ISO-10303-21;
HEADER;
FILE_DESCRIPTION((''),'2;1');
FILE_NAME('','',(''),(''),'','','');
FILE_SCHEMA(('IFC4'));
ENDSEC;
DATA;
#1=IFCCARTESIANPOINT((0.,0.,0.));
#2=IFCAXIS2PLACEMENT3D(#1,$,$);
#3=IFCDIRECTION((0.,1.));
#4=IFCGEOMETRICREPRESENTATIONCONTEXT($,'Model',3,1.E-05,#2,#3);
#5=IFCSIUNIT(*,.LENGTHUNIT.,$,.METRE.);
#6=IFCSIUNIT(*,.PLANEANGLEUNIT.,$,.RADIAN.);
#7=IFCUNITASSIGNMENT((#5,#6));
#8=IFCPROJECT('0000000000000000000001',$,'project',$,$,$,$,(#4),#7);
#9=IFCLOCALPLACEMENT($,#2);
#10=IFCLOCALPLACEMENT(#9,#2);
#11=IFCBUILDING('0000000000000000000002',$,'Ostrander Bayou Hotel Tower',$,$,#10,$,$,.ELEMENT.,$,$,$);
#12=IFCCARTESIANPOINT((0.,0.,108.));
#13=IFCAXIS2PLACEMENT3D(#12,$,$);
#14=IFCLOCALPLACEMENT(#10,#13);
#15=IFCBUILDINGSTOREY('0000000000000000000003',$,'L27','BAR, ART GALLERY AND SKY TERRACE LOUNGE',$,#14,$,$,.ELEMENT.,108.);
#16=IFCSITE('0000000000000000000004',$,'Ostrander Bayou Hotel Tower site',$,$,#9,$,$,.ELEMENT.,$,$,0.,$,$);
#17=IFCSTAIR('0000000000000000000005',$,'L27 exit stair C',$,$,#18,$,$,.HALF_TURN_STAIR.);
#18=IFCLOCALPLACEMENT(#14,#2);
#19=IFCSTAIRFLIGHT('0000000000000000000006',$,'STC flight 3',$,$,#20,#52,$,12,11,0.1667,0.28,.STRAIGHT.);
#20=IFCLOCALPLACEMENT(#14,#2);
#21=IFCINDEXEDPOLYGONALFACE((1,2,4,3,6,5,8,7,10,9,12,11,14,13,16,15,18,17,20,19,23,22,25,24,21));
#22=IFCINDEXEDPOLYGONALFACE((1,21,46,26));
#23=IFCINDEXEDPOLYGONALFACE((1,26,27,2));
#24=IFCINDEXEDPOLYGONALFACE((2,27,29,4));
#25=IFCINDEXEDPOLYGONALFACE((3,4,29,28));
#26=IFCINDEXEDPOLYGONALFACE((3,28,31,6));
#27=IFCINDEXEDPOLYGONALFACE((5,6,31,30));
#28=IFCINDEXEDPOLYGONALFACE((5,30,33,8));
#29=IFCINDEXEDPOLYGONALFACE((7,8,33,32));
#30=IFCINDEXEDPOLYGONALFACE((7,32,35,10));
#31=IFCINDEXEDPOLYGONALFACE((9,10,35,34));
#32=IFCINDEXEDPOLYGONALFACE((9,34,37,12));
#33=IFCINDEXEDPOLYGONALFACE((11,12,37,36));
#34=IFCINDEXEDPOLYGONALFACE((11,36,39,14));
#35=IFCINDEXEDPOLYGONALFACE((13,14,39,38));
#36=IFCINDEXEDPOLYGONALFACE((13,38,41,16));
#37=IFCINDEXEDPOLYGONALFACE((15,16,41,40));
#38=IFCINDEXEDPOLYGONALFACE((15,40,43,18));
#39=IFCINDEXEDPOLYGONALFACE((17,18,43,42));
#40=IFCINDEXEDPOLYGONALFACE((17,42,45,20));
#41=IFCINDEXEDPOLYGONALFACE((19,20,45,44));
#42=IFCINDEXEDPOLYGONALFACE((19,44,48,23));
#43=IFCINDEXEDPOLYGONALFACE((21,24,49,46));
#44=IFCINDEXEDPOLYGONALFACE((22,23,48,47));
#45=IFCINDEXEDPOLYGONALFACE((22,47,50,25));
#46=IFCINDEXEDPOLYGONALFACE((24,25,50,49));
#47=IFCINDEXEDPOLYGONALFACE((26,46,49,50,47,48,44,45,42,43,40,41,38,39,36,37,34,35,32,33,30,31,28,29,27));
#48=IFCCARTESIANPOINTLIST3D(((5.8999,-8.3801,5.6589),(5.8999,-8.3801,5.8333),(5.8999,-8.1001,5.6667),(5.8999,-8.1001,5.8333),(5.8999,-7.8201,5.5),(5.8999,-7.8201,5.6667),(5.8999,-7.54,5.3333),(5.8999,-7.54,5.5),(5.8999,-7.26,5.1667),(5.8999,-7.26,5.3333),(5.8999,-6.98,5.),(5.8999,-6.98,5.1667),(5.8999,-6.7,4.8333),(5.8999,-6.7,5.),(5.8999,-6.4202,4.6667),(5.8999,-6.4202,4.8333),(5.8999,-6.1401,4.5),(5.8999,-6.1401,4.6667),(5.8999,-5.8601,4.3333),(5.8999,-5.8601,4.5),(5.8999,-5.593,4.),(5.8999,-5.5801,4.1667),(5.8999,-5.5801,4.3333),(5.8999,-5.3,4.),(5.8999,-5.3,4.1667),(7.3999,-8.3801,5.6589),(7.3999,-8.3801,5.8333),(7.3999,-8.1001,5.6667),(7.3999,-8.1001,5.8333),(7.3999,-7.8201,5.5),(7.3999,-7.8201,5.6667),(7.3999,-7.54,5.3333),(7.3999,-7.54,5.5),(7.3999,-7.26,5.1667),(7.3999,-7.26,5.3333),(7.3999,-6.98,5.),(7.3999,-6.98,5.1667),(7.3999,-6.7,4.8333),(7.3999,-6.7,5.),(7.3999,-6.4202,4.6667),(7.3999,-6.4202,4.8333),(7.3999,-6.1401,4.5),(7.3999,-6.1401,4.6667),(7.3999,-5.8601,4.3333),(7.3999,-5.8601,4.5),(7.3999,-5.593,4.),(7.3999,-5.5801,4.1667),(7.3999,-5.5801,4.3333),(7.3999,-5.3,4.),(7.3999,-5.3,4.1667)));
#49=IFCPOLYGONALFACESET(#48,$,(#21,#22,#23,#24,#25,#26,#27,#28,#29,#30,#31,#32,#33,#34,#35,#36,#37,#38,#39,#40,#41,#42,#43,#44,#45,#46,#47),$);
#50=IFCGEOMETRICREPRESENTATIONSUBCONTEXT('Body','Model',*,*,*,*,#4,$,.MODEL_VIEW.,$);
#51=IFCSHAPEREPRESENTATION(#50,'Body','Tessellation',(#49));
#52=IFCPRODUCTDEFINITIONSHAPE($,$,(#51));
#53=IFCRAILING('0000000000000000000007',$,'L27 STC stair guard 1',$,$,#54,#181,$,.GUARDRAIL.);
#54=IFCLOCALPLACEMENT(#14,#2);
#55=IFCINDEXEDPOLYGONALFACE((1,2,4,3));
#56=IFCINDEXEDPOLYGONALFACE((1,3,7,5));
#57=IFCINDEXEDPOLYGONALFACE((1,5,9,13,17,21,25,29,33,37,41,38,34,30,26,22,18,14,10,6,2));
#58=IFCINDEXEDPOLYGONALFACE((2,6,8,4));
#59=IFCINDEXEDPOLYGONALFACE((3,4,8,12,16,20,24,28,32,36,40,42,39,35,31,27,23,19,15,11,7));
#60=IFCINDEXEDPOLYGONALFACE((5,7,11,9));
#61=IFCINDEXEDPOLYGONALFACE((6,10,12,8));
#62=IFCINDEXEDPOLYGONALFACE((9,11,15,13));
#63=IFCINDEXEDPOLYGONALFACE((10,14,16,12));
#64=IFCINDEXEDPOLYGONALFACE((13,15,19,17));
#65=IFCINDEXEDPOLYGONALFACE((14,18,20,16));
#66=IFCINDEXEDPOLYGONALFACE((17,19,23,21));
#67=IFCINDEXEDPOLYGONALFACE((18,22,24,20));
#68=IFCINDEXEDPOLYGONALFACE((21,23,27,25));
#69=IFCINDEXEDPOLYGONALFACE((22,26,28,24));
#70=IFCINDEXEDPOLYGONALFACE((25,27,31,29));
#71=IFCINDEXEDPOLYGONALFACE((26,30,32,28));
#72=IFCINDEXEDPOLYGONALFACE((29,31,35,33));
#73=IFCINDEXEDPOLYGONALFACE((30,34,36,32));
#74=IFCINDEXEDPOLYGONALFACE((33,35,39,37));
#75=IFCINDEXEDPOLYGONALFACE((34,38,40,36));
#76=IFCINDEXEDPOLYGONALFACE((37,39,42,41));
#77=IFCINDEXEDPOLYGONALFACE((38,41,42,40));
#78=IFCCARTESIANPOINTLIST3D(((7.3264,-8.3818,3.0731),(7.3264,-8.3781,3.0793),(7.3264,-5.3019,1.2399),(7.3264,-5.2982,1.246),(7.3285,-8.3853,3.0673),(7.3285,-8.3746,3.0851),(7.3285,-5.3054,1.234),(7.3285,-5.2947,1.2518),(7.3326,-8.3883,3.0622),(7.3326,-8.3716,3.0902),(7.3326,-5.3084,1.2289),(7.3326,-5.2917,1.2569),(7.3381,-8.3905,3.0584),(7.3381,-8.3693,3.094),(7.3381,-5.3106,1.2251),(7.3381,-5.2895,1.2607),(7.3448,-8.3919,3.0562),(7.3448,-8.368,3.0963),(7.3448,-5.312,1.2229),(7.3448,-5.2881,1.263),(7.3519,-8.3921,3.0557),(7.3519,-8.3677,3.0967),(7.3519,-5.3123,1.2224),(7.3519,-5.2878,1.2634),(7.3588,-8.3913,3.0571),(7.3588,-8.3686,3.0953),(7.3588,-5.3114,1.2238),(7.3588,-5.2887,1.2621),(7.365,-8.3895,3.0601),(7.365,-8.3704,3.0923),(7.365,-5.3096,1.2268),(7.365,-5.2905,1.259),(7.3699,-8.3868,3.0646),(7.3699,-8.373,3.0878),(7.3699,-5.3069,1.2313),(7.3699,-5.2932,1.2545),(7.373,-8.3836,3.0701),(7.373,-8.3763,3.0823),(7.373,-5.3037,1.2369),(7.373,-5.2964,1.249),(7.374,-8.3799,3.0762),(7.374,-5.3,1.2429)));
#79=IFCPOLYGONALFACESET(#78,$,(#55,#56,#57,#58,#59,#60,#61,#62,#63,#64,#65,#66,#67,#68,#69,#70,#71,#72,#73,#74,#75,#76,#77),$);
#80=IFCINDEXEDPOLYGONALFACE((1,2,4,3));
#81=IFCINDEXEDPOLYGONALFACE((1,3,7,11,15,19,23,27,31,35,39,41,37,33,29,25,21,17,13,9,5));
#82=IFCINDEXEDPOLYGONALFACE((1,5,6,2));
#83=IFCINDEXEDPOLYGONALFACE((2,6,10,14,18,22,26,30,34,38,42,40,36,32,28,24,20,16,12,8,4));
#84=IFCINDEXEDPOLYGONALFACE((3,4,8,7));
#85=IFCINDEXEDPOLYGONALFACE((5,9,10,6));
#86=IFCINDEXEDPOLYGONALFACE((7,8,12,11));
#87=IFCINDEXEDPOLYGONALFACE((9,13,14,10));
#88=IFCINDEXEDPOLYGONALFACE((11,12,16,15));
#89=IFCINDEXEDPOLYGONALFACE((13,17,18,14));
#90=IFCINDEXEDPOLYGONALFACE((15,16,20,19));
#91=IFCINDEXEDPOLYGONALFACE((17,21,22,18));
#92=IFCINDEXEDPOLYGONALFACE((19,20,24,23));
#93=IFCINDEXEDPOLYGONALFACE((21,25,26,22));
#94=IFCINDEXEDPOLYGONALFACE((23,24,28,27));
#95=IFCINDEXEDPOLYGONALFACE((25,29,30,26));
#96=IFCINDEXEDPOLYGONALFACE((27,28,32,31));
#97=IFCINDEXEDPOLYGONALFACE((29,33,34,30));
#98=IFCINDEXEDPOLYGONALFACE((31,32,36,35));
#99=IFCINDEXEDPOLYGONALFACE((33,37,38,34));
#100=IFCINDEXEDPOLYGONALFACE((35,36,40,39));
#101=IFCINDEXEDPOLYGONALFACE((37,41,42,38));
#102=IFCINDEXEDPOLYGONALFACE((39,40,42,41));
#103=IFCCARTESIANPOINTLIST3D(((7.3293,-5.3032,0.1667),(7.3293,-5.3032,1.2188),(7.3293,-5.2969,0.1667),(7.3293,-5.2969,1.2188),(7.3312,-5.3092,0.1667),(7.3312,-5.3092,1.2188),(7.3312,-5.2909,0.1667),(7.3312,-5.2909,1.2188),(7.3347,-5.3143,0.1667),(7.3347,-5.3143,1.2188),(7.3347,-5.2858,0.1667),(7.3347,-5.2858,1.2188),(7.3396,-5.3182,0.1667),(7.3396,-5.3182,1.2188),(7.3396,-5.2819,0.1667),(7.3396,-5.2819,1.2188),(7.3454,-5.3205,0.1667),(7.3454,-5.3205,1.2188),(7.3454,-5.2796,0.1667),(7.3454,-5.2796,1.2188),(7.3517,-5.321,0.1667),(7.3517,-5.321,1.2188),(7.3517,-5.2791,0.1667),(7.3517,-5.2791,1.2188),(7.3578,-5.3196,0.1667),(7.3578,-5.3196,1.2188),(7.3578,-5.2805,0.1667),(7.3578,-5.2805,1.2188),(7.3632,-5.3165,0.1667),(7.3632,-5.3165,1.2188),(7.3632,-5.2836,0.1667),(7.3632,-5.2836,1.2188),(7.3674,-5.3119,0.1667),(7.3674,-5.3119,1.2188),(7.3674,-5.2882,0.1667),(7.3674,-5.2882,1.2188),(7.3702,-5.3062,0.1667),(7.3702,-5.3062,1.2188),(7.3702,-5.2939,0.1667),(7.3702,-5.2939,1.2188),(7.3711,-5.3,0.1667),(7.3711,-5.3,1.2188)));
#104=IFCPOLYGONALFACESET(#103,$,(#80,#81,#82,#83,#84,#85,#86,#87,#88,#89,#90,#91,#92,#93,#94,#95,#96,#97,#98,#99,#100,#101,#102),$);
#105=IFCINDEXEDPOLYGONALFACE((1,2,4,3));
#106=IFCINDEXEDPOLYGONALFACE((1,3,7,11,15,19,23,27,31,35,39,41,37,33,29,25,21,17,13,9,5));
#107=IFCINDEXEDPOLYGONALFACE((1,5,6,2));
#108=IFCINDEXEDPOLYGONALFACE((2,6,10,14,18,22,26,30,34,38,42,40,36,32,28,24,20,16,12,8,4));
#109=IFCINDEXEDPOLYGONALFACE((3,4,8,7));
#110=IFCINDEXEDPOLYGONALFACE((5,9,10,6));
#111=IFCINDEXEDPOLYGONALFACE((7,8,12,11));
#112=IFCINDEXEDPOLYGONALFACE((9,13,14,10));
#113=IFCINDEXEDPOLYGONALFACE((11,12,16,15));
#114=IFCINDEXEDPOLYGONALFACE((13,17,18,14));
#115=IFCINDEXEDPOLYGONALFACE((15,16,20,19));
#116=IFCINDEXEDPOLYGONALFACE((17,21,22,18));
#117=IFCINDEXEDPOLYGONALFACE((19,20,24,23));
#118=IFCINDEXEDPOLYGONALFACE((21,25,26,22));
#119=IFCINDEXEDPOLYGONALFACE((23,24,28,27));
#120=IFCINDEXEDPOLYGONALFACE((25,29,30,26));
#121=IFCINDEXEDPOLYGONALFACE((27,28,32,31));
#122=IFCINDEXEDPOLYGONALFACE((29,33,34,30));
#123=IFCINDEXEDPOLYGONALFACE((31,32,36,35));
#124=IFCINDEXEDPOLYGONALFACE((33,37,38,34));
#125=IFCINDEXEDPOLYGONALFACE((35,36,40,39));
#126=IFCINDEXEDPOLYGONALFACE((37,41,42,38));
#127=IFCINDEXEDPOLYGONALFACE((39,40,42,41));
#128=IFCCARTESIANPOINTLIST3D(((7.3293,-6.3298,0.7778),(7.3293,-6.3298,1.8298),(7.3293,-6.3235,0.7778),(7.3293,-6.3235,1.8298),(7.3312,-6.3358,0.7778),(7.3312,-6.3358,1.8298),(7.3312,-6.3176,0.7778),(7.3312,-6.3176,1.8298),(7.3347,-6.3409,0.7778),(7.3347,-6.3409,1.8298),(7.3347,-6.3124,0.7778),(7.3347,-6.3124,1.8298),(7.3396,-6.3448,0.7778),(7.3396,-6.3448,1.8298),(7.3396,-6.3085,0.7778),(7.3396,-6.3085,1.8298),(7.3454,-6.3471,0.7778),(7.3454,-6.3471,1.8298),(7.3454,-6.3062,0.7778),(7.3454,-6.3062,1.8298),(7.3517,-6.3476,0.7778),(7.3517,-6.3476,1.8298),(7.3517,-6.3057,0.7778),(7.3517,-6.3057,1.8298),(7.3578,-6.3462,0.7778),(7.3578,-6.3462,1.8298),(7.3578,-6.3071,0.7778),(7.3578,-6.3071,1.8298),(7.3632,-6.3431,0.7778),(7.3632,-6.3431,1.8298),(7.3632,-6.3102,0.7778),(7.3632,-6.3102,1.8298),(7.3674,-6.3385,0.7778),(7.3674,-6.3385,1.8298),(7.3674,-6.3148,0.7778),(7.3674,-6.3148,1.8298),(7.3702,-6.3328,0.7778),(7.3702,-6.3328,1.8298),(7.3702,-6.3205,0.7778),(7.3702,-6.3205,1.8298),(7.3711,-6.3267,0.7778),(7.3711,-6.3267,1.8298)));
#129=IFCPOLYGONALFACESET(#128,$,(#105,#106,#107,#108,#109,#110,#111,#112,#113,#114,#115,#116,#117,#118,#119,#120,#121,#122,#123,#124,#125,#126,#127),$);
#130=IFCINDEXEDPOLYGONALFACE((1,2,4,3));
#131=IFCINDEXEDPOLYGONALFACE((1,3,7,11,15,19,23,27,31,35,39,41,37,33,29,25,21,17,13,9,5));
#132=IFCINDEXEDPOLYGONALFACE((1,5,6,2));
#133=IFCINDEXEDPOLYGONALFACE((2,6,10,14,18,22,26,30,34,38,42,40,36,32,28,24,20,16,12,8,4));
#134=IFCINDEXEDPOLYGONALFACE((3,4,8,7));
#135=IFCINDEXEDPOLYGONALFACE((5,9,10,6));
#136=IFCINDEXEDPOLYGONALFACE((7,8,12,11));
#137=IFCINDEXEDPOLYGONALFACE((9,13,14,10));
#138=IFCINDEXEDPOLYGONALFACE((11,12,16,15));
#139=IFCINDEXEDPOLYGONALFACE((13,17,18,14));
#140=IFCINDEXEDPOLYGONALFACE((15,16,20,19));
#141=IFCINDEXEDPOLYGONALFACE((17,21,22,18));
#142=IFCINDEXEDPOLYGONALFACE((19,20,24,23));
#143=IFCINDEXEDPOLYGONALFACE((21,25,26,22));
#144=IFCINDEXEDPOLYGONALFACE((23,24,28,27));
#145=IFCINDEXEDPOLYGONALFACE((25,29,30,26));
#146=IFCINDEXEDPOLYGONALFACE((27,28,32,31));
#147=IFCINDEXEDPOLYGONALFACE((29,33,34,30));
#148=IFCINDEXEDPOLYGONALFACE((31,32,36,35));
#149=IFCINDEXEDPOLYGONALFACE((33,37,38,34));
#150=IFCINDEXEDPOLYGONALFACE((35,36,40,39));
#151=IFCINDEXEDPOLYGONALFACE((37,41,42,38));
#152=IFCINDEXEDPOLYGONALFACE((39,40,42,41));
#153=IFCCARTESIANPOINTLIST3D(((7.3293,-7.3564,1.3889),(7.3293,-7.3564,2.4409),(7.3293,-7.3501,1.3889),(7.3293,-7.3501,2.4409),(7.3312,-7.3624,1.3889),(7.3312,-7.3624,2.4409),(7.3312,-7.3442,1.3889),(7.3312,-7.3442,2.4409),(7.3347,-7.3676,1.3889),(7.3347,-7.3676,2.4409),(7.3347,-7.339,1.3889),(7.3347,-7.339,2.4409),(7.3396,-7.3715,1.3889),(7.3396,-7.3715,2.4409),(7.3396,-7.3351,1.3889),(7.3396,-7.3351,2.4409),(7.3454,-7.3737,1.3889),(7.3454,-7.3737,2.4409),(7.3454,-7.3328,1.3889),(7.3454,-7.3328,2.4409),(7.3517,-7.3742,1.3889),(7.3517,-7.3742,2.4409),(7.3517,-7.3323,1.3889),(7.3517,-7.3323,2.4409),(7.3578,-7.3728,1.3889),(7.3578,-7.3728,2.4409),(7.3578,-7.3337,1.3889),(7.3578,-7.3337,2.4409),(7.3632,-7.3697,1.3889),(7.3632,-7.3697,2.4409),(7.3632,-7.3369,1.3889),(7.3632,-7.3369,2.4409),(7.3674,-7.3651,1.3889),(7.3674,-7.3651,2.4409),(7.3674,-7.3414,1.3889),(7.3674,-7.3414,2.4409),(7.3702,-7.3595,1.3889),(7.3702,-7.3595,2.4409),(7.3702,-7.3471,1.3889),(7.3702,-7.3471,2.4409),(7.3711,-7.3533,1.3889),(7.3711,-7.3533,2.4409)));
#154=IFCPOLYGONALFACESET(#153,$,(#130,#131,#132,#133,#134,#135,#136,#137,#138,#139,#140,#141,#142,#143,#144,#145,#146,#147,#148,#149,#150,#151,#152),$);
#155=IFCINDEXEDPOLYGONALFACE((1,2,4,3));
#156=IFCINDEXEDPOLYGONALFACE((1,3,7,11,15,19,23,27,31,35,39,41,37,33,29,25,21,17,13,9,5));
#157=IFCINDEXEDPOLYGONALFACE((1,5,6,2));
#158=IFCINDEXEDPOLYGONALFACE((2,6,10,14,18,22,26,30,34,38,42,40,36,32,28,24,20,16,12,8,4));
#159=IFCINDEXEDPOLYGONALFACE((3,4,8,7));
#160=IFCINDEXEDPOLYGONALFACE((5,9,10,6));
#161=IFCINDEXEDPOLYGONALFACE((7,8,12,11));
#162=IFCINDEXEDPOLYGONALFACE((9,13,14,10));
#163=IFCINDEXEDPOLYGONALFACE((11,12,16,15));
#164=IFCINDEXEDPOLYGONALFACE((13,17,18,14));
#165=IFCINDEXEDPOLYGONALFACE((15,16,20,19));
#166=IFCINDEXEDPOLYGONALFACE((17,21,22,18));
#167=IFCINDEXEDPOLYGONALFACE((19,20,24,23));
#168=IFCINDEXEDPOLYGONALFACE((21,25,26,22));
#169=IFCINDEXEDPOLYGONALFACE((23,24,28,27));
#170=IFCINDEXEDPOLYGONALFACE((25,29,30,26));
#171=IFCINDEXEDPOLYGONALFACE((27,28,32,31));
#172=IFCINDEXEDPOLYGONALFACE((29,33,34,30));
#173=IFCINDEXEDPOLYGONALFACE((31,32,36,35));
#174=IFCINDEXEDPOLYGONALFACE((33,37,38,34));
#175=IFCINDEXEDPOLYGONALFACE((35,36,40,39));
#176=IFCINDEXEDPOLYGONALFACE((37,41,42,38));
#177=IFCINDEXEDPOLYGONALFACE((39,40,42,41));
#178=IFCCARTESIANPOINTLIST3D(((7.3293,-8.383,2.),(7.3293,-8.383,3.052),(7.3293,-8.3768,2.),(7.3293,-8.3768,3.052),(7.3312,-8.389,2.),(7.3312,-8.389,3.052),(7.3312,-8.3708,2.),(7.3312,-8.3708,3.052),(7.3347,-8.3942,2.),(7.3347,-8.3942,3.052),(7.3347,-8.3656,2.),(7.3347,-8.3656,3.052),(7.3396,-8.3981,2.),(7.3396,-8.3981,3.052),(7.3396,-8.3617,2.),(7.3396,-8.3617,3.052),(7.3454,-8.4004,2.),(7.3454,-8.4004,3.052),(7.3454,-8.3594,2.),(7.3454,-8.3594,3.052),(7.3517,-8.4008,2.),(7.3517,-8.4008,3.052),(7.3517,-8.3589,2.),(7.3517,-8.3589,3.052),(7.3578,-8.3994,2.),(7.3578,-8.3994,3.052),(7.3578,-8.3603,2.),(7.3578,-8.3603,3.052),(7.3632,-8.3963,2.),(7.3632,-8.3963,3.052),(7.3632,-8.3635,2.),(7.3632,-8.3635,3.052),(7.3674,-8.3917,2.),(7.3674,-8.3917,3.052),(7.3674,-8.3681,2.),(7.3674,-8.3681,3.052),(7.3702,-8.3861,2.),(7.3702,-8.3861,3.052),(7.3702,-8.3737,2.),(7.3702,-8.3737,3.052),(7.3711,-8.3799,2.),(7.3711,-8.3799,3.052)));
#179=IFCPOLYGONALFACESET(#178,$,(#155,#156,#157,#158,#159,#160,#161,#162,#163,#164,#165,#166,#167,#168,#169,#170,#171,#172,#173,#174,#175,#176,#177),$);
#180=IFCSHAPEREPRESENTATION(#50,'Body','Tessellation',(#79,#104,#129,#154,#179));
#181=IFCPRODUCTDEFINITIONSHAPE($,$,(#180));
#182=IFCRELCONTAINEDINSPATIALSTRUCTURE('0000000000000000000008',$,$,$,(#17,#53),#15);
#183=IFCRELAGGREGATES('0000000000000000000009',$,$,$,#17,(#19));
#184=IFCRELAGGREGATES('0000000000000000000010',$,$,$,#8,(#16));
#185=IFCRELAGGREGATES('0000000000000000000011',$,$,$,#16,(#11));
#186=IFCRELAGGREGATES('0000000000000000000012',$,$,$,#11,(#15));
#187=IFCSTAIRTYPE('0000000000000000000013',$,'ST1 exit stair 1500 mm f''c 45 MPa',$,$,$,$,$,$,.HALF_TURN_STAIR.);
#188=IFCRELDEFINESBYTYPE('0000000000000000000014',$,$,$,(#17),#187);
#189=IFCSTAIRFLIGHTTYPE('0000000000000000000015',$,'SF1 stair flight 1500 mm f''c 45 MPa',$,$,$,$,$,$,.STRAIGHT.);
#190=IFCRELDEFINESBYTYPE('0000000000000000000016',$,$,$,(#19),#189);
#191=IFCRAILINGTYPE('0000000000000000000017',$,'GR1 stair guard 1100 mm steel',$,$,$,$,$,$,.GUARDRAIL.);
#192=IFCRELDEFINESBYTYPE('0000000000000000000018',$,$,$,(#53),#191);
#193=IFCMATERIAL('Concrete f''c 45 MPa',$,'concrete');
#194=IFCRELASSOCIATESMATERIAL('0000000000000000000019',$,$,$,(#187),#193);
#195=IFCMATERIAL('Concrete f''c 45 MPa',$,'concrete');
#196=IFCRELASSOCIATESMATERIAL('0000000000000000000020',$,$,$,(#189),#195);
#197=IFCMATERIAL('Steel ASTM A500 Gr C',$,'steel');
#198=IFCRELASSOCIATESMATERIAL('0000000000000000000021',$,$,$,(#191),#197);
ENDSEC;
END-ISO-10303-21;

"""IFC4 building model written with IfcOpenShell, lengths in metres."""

from ifc_helpers import new_model, si_unit, direction, frame, origin, origin_2d, place, context, subcontext, project, spatial, polyline, circle, outline, extrude, material, type_object, element, aggregate, save


model = new_model("IFC4")

# Units and contexts
model_context = context("Model", 3, precision=1e-05, world=origin(), true_north=direction((0.0, 1.0)))
body_context = subcontext(model_context, "Body", "Model", "MODEL_VIEW")
ifc_project = project(units=[si_unit("LENGTHUNIT", "METRE"), si_unit("PLANEANGLEUNIT", "RADIAN")], contexts=[model_context])

# Site, building, storey
site_placement = place(None, origin())
site = spatial("IfcSite", under=ifc_project, at=site_placement, Name="Ostrander Bayou Hotel Tower site", CompositionType="ELEMENT", RefElevation=0.0)
building_placement = place(site_placement, origin())
building = spatial("IfcBuilding", under=site, at=building_placement, Name="Ostrander Bayou Hotel Tower", CompositionType="ELEMENT")
storey_placement = place(building_placement, frame((0.0, 0.0, 108.0)))
storey = spatial("IfcBuildingStorey", under=building, at=storey_placement, Name="L27", Description="BAR, ART GALLERY AND SKY TERRACE LOUNGE", CompositionType="ELEMENT", Elevation=108.0)

# Stair
ifc_material_1 = material(Name="Concrete f'c 45 MPa", Category="concrete")
stair_type = type_object("IfcStairType", Name="ST1 exit stair 1500 mm f'c 45 MPa", PredefinedType="HALF_TURN_STAIR", material=ifc_material_1)
stair_1_placement = place(storey_placement, origin())
stair_1 = element("IfcStair", 1, at=stair_1_placement, inside=storey, type_object=stair_type, Name="L27 exit stair C", PredefinedType="HALF_TURN_STAIR")

# Stair flight
ifc_material_2 = material(Name="Concrete f'c 45 MPa", Category="concrete")
stair_flight_type = type_object("IfcStairFlightType", Name="SF1 stair flight 1500 mm f'c 45 MPa", PredefinedType="STRAIGHT", material=ifc_material_2)
stair_flight_1_placement = place(storey_placement, frame((6.6499, -5.3, 4.0), z_axis=(0.0, 0.0, 1.0), x_axis=(0.0, -1.0, 0.0)))
stair_flight_1 = element("IfcStairFlight", 2, at=stair_flight_1_placement, type_object=stair_flight_type, Name="STC flight 3", NumberOfRisers=12, NumberOfTreads=11, PredefinedType="STRAIGHT", RiserHeight=0.1667, TreadLength=0.28, context=body_context, shape_type="SweptSolid", body=[
    extrude(outline(polyline([(0.0, 0.0), (0.0, 0.1667), (0.28, 0.1667), (0.28, 0.3333), (0.5601, 0.3333), (0.5601, 0.5), (0.8401, 0.5), (0.8401, 0.6667), (1.1201, 0.6667), (1.1201, 0.8333), (1.3999, 0.8333), (1.3999, 1.0), (1.6799, 1.0), (1.6799, 1.1667), (1.96, 1.1667), (1.96, 1.3333), (2.24, 1.3333), (2.24, 1.5), (2.52, 1.5), (2.52, 1.6667), (2.8, 1.6667), (2.8, 1.8333), (3.0801, 1.8333), (3.0801, 2.0), (3.0801, 1.6589), (0.293, 0.0), (0.0, 0.0)])), frame((0.0, 0.75, 0.0), z_axis=(0.0, -1.0, 0.0), x_axis=(1.0, 0.0, 0.0)), (0.0, 0.0, 1.0), 1.5),
])
aggregate(stair_1, [stair_flight_1])

# Railing
ifc_material_3 = material(Name="Steel ASTM A500 Gr C", Category="steel")
railing_type_1 = type_object("IfcRailingType", Name="GR1 stair guard 1100 mm steel", PredefinedType="GUARDRAIL", material=ifc_material_3)
railing_1_placement = place(storey_placement, frame((7.3501, -5.3, 0.1667)))
element("IfcRailing", 3, at=railing_1_placement, inside=storey, type_object=railing_type_1, Name="L27 STC stair guard 1", PredefinedType="GUARDRAIL", context=body_context, shape_type="SweptSolid", body=[
    extrude(circle(Radius=0.0239, at=origin_2d()), frame((0.0, 0.0, 1.0762), z_axis=(0.0, -0.859291, 0.511487), x_axis=(1.0, 0.0, 0.0)), (0.0, 0.0, 1.0), 3.5842),
    extrude(circle(Radius=0.021, at=origin_2d()), origin(), (0.0, 0.0, 1.0), 1.052),
    extrude(circle(Radius=0.021, at=origin_2d()), frame((0.0, -1.0266, 0.6111)), (0.0, 0.0, 1.0), 1.052),
    extrude(circle(Radius=0.021, at=origin_2d()), frame((0.0, -2.0532, 1.2222)), (0.0, 0.0, 1.0), 1.052),
    extrude(circle(Radius=0.021, at=origin_2d()), frame((0.0, -3.0798, 1.8333)), (0.0, 0.0, 1.0), 1.052),
])

save(model, "model.ifc")
